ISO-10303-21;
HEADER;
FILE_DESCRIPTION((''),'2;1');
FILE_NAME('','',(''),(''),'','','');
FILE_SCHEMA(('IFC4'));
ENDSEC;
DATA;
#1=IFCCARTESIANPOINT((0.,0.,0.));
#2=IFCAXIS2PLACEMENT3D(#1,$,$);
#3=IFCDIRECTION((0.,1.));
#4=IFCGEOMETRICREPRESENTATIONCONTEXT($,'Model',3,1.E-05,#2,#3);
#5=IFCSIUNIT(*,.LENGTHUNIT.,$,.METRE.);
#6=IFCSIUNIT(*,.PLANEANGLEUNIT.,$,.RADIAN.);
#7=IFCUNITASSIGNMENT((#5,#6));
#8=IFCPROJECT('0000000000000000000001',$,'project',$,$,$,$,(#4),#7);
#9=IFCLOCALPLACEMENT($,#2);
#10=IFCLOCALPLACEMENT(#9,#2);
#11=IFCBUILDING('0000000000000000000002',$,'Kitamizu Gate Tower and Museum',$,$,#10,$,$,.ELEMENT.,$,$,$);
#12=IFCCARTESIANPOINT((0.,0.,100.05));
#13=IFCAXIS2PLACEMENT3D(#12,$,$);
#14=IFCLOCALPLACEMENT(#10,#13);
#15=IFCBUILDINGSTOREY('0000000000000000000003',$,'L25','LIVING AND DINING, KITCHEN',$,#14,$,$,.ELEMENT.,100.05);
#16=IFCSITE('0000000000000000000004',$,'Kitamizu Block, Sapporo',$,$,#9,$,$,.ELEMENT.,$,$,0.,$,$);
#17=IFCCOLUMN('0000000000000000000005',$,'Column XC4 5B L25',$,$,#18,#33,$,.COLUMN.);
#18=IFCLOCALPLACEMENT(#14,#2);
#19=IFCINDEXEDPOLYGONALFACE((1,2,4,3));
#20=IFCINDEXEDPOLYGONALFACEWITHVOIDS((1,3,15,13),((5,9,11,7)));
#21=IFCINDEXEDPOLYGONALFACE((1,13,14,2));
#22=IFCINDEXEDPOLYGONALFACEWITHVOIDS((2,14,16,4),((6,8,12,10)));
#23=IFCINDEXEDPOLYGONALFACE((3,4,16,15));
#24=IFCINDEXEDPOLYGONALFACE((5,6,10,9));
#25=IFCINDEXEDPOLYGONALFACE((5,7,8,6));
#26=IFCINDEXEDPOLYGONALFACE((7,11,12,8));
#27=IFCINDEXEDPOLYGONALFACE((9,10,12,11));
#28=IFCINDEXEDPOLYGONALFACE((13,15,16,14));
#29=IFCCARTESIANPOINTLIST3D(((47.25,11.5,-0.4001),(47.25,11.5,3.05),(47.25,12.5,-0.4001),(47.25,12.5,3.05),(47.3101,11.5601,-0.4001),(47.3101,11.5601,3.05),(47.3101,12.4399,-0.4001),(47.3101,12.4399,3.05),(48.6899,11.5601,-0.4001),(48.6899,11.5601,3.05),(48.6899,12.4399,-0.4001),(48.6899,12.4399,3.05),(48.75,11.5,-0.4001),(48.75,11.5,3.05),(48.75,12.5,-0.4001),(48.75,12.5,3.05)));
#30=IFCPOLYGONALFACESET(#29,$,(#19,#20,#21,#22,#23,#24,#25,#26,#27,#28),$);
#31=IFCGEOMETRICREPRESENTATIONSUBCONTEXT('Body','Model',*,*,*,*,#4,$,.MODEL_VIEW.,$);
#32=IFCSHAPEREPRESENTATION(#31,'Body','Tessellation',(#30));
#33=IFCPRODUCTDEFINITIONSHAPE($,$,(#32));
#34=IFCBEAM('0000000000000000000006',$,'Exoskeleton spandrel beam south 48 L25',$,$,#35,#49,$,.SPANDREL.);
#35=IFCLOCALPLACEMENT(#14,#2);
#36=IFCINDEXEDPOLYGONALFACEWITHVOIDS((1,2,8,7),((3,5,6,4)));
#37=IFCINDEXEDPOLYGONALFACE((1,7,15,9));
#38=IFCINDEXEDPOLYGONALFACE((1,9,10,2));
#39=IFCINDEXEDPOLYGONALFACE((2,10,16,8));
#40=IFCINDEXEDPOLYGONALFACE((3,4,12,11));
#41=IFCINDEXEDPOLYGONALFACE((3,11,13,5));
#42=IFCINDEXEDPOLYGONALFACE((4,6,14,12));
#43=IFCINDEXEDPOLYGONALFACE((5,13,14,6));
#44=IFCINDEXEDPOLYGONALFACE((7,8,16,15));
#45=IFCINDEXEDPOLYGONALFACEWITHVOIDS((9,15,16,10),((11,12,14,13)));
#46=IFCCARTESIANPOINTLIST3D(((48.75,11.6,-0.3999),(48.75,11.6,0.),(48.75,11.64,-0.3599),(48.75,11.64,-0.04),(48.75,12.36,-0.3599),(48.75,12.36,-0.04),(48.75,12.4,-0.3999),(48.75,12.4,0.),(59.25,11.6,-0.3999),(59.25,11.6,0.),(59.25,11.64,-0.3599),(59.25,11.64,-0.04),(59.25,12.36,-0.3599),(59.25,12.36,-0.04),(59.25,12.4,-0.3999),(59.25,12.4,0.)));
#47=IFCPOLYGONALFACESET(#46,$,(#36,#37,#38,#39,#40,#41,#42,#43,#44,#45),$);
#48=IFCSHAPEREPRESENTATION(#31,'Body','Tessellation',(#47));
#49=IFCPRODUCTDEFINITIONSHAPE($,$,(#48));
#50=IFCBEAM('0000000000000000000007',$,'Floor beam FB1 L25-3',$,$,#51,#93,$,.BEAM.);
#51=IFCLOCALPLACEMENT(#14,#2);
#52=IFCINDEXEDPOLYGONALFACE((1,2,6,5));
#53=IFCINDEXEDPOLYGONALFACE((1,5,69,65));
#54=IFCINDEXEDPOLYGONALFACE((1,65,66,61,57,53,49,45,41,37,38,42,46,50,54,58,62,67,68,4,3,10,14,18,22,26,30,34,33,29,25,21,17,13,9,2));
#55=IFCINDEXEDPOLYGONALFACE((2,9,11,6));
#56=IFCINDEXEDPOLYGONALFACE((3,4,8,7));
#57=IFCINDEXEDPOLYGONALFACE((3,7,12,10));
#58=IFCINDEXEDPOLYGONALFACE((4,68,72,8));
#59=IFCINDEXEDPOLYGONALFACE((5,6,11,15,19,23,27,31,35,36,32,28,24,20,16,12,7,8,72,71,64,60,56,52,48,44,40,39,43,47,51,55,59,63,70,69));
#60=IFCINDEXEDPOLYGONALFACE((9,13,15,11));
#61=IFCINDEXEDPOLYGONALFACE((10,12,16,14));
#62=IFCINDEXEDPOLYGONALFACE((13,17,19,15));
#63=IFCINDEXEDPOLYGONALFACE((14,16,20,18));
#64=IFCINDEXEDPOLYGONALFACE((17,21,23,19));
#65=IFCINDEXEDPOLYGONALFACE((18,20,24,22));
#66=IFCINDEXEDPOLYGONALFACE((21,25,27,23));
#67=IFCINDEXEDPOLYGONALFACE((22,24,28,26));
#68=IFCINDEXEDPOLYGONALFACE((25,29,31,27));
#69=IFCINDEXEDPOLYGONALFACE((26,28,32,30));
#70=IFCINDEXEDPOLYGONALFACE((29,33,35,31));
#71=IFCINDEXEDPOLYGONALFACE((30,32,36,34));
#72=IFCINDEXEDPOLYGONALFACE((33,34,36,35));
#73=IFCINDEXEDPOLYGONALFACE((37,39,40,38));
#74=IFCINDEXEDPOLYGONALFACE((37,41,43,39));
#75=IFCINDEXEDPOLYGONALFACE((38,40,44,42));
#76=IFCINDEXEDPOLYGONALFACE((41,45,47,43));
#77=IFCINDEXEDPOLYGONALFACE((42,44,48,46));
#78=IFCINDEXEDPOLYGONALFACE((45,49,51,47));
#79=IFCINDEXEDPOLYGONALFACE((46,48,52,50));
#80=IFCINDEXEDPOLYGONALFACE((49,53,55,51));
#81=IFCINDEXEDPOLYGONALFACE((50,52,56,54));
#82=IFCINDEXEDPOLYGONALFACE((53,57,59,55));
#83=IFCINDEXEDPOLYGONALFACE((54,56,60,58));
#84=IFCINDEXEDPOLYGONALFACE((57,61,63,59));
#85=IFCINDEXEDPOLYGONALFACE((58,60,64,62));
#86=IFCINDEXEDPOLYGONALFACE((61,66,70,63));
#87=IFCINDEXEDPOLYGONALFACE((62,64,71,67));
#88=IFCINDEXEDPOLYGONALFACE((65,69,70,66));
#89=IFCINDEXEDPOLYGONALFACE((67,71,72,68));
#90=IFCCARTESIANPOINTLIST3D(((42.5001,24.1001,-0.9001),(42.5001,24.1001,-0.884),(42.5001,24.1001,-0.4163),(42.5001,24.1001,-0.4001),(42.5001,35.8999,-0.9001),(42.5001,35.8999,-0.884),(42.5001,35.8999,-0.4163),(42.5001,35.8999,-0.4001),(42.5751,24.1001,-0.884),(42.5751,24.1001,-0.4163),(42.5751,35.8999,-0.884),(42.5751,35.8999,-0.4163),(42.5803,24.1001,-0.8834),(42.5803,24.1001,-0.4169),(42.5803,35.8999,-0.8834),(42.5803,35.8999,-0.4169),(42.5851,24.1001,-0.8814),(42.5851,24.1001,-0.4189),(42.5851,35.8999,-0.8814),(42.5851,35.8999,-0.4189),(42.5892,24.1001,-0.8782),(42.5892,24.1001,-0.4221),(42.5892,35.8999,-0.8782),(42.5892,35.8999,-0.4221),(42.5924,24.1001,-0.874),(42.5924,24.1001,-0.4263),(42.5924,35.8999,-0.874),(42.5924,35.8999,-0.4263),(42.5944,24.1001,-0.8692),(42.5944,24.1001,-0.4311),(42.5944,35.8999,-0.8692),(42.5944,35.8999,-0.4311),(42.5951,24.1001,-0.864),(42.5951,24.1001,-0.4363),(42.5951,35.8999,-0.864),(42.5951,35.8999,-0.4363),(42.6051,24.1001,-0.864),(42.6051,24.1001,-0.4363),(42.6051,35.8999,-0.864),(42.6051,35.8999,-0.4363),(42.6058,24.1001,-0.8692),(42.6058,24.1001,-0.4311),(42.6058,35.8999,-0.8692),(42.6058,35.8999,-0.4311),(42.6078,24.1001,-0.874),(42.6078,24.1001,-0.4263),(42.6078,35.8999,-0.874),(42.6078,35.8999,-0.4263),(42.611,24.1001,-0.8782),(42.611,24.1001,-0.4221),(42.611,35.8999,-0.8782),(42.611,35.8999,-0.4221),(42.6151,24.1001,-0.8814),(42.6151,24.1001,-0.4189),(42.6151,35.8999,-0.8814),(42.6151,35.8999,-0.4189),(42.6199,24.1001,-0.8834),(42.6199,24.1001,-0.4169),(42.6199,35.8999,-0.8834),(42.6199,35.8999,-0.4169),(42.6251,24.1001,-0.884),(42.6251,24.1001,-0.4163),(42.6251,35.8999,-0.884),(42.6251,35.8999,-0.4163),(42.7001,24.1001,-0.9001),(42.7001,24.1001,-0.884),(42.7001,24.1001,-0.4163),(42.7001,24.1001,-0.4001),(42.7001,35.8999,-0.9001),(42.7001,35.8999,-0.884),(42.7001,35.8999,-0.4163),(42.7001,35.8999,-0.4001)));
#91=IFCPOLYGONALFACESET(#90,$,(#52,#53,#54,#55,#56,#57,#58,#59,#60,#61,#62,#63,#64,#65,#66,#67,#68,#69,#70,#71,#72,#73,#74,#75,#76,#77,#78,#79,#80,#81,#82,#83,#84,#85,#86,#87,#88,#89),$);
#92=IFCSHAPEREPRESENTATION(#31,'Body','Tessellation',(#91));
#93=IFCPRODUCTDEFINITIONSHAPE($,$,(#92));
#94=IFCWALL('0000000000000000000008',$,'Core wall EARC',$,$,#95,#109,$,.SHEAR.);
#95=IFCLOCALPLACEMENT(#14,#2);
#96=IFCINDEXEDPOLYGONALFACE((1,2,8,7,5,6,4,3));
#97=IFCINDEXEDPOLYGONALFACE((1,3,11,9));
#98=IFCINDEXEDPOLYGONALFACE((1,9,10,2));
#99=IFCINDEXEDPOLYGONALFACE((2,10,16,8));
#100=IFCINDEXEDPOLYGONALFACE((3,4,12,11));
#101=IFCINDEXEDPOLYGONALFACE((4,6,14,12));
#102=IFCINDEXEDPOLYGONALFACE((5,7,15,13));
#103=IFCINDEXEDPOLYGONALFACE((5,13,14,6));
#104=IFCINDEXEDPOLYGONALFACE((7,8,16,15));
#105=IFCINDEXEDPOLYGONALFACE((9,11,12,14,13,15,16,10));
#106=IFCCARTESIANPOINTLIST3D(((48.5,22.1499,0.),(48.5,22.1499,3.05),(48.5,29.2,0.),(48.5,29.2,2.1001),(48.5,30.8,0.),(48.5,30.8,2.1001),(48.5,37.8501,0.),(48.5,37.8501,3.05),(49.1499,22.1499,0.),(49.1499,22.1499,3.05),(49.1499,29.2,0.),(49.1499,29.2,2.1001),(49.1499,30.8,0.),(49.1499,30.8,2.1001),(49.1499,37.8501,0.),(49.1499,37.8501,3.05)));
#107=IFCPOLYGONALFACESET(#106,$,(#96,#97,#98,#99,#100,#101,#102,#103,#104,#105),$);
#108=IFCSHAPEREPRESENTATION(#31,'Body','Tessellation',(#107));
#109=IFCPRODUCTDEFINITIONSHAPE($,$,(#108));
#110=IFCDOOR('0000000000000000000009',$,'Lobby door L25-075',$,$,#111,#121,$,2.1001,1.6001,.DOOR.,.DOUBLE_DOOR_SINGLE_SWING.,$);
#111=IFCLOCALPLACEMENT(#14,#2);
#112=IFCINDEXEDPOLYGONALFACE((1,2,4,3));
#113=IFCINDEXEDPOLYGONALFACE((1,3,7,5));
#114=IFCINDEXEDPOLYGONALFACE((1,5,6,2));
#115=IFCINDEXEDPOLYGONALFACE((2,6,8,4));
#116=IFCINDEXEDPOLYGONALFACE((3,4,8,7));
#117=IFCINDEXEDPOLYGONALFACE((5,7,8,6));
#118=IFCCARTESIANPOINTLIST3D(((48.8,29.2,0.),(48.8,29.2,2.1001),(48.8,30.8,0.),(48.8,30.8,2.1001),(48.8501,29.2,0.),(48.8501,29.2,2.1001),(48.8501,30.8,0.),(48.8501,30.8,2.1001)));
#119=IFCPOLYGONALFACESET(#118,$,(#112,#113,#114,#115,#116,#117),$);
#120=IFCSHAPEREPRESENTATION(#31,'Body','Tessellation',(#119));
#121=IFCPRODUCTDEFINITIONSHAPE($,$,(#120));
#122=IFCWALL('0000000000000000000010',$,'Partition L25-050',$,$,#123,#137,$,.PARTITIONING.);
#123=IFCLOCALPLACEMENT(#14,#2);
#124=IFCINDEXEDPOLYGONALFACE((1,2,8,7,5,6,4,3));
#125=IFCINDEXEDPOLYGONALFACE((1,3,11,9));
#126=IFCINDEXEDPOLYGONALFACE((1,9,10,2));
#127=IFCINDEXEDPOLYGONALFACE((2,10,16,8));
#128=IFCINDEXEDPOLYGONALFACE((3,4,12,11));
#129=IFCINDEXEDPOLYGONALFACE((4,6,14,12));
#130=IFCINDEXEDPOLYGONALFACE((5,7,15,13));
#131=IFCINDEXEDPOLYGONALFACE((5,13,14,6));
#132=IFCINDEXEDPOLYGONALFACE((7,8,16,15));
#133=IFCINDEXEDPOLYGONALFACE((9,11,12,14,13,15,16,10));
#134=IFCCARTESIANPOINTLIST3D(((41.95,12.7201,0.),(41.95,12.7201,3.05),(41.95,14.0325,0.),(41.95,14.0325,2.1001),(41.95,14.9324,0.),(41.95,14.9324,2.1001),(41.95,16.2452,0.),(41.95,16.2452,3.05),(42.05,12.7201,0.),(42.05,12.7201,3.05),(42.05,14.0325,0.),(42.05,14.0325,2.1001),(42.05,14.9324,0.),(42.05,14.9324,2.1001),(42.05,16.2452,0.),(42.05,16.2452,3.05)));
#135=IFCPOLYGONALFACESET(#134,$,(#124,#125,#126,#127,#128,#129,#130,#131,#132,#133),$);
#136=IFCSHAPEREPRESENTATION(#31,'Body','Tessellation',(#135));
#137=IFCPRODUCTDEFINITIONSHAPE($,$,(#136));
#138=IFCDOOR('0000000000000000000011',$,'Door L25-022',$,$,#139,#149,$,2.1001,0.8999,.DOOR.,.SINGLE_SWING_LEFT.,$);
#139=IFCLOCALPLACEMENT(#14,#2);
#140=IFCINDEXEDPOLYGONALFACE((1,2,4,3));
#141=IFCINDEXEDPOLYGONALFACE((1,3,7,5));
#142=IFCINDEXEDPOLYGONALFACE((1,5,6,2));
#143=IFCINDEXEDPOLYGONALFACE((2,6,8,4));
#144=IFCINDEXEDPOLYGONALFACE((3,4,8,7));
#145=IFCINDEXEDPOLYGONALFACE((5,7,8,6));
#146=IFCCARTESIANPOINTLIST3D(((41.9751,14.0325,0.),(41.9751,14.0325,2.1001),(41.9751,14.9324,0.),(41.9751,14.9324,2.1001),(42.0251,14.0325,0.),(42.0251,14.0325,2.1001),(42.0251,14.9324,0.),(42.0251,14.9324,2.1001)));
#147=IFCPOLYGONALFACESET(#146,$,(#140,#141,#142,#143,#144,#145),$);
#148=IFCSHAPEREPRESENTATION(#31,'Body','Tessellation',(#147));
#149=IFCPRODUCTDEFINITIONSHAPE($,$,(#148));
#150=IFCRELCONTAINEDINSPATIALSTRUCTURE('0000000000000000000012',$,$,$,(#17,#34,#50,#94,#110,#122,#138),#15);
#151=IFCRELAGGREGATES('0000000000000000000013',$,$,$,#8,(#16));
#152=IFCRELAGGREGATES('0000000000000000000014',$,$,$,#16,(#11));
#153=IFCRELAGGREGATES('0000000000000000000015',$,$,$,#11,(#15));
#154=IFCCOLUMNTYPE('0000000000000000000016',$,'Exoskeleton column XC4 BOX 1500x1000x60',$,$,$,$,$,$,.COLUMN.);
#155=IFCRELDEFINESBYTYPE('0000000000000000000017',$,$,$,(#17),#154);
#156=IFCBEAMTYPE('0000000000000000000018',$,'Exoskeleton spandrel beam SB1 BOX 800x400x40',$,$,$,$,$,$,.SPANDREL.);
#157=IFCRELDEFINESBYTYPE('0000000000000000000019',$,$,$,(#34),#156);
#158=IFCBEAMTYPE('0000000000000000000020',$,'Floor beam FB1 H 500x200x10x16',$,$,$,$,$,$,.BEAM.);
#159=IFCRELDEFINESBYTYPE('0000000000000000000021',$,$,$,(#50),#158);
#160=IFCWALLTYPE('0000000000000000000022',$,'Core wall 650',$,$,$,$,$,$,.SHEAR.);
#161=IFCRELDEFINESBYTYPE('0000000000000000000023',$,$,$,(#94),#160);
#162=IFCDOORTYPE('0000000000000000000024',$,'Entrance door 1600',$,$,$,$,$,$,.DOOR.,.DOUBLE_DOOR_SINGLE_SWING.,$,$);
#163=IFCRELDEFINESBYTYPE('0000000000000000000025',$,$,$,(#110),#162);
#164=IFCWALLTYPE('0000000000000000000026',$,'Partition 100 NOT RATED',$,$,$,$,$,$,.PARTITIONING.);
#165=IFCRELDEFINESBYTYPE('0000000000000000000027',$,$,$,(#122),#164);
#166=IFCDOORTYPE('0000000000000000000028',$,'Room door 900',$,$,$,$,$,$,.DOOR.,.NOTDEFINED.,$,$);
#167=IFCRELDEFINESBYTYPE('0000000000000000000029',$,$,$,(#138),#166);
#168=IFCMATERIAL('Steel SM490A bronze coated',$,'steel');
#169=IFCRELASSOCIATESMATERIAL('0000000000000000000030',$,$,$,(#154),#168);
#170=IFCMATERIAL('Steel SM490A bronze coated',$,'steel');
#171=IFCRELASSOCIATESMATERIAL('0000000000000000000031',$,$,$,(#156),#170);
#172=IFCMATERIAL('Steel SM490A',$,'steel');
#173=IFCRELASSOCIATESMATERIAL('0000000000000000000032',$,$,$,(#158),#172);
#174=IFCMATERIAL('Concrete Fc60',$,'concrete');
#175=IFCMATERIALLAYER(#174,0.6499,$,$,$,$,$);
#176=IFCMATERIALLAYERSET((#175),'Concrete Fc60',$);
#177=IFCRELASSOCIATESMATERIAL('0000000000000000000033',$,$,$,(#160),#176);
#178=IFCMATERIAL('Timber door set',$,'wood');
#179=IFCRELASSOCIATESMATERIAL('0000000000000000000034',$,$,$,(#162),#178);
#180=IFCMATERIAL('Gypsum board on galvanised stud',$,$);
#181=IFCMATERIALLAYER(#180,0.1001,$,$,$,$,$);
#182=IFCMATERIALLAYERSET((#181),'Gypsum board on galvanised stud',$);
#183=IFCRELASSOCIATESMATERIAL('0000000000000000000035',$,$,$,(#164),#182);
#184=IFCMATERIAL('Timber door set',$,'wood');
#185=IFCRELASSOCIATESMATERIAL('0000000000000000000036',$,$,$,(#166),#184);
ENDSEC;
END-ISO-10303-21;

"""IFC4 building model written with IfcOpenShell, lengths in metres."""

from ifc_helpers import new_model, si_unit, direction, frame, frame_2d, origin, origin_2d, place, context, subcontext, project, spatial, rectangle, hollow_rectangle, i_section, extrude, material, layer, layer_set, material_profile, profile_set, type_object, element, fill, save


model = new_model("IFC4")

# Units and contexts
model_context = context("Model", 3, precision=1e-05, world=origin(), true_north=direction((0.0, 1.0)))
body_context = subcontext(model_context, "Body", "Model", "MODEL_VIEW")
ifc_project = project(units=[si_unit("LENGTHUNIT", "METRE"), si_unit("PLANEANGLEUNIT", "RADIAN")], contexts=[model_context])

# Site, building, storey
site_placement = place(None, origin())
site = spatial("IfcSite", under=ifc_project, at=site_placement, Name="Kitamizu Block, Sapporo", CompositionType="ELEMENT", RefElevation=0.0)
building_placement = place(site_placement, origin())
building = spatial("IfcBuilding", under=site, at=building_placement, Name="Kitamizu Gate Tower and Museum", CompositionType="ELEMENT")
storey_placement = place(building_placement, frame((0.0, 0.0, 100.05)))
storey = spatial("IfcBuildingStorey", under=building, at=storey_placement, Name="L25", Description="LIVING AND DINING, KITCHEN", CompositionType="ELEMENT", Elevation=100.05)

# Column
ifc_material_1 = material(Name="Steel SM490A bronze coated", Category="steel")
ifc_material_profile_1 = material_profile(ifc_material_1, hollow_rectangle(XDim=1.5, YDim=1.0, WallThickness=0.0601, at=origin_2d()), Name="BOX 1500x1000x60")
ifc_profile_set_1 = profile_set([ifc_material_profile_1], Name="Steel SM490A bronze coated")
column_type = type_object("IfcColumnType", Name="Exoskeleton column XC4 BOX 1500x1000x60", PredefinedType="COLUMN", material=ifc_profile_set_1)
column_placement = place(storey_placement, frame((48.0, 12.0, -0.4001), z_axis=(0.0, 0.0, 1.0), x_axis=(1.0, 0.0, 0.0)))
element("IfcColumn", 1, at=column_placement, inside=storey, type_object=column_type, Name="Column XC4 5B L25", PredefinedType="COLUMN", context=body_context, shape_type="SweptSolid", body=[
    extrude(hollow_rectangle(XDim=1.5, YDim=1.0, WallThickness=0.0601, at=origin_2d()), origin(), (0.0, 0.0, 1.0), 3.4502),
])

# Beams
ifc_material_2 = material(Name="Steel SM490A bronze coated", Category="steel")
ifc_material_profile_2 = material_profile(ifc_material_2, hollow_rectangle(XDim=0.8, YDim=0.3999, WallThickness=0.04, at=origin_2d()), Name="BOX 800x400x40")
ifc_profile_set_2 = profile_set([ifc_material_profile_2], Name="Steel SM490A bronze coated")
beam_type_1 = type_object("IfcBeamType", Name="Exoskeleton spandrel beam SB1 BOX 800x400x40", PredefinedType="SPANDREL", material=ifc_profile_set_2)
beam_1_placement = place(storey_placement, frame((48.75, 12.0, -0.2), z_axis=(1.0, 0.0, 0.0), x_axis=(0.0, 1.0, 0.0)))
element("IfcBeam", 2, at=beam_1_placement, inside=storey, type_object=beam_type_1, Name="Exoskeleton spandrel beam south 48 L25", PredefinedType="SPANDREL", context=body_context, shape_type="SweptSolid", body=[
    extrude(hollow_rectangle(XDim=0.8, YDim=0.3999, WallThickness=0.04, at=origin_2d()), origin(), (0.0, 0.0, 1.0), 10.5),
])
ifc_material_3 = material(Name="Steel SM490A", Category="steel")
ifc_material_profile_3 = material_profile(ifc_material_3, i_section(OverallWidth=0.2, OverallDepth=0.5, WebThickness=0.01, FlangeThickness=0.0161, FilletRadius=0.02, at=origin_2d()), Name="H-500x200x10x16")
ifc_profile_set_3 = profile_set([ifc_material_profile_3], Name="Steel SM490A")
beam_type_2 = type_object("IfcBeamType", Name="Floor beam FB1 H 500x200x10x16", PredefinedType="BEAM", material=ifc_profile_set_3)
beam_2_placement = place(storey_placement, frame((42.6001, 24.1001, -0.6501), z_axis=(0.0, 1.0, 0.0), x_axis=(-1.0, 0.0, 0.0)))
element("IfcBeam", 3, at=beam_2_placement, inside=storey, type_object=beam_type_2, Name="Floor beam FB1 L25-3", PredefinedType="BEAM", context=body_context, shape_type="SweptSolid", body=[
    extrude(i_section(OverallWidth=0.2, OverallDepth=0.5, WebThickness=0.01, FlangeThickness=0.0161, FilletRadius=0.02, at=origin_2d()), origin(), (0.0, 0.0, 1.0), 11.7998),
])

# Walls, openings, doors
ifc_material_4 = material(Name="Concrete Fc60", Category="concrete")
ifc_layer_1 = layer(ifc_material_4, 0.6499)
ifc_layer_set_1 = layer_set([ifc_layer_1], Name="Concrete Fc60")
wall_type_1 = type_object("IfcWallType", Name="Core wall 650", PredefinedType="SHEAR", material=ifc_layer_set_1)
wall_1_placement = place(storey_placement, frame((48.825, 22.1499, 0.0), z_axis=(0.0, 0.0, 1.0), x_axis=(0.0, 1.0, 0.0)))
wall_1 = element("IfcWall", 4, at=wall_1_placement, inside=storey, type_object=wall_type_1, Name="Core wall EARC", PredefinedType="SHEAR", context=body_context, shape_type="SweptSolid", body=[
    extrude(rectangle(XDim=15.7002, YDim=0.6499, at=frame_2d((7.8501, 0.0))), origin(), (0.0, 0.0, 1.0), 3.05),
])
opening_1_placement = place(wall_1_placement, frame((7.05, 0.0, 0.0)))
opening_1 = element("IfcOpeningElement", 5, at=opening_1_placement, cuts=wall_1, PredefinedType="OPENING", context=body_context, shape_type="SweptSolid", body=[
    extrude(rectangle(XDim=1.6001, YDim=2.1001, at=frame_2d((0.8, 1.05))), frame((0.0, 0.335, 0.0), z_axis=(0.0, -1.0, 0.0), x_axis=(1.0, 0.0, 0.0)), (0.0, 0.0, 1.0), 0.6699),
])
ifc_material_5 = material(Name="Timber door set", Category="wood")
door_type_1 = type_object("IfcDoorType", Name="Entrance door 1600", OperationType="DOUBLE_DOOR_SINGLE_SWING", PredefinedType="DOOR", material=ifc_material_5)
door_1_placement = place(opening_1_placement, origin())
door_1 = element("IfcDoor", 6, at=door_1_placement, inside=storey, type_object=door_type_1, Name="Lobby door L25-075", OperationType="DOUBLE_DOOR_SINGLE_SWING", OverallHeight=2.1001, OverallWidth=1.6001, PredefinedType="DOOR", context=body_context, shape_type="SweptSolid", body=[
    extrude(rectangle(XDim=1.6001, YDim=2.1001, at=frame_2d((0.8, 1.05))), frame((0.0, 0.0249, 0.0), z_axis=(0.0, -1.0, 0.0), x_axis=(1.0, 0.0, 0.0)), (0.0, 0.0, 1.0), 0.05),
])
fill(opening_1, door_1)
ifc_material_6 = material(Name="Gypsum board on galvanised stud")
ifc_layer_2 = layer(ifc_material_6, 0.1001)
ifc_layer_set_2 = layer_set([ifc_layer_2], Name="Gypsum board on galvanised stud")
wall_type_2 = type_object("IfcWallType", Name="Partition 100 NOT RATED", PredefinedType="PARTITIONING", material=ifc_layer_set_2)
wall_2_placement = place(storey_placement, frame((42.0, 12.72, 0.0), z_axis=(0.0, 0.0, 1.0), x_axis=(0.0, 1.0, 0.0)))
wall_2 = element("IfcWall", 7, at=wall_2_placement, inside=storey, type_object=wall_type_2, Name="Partition L25-050", PredefinedType="PARTITIONING", context=body_context, shape_type="SweptSolid", body=[
    extrude(rectangle(XDim=3.5251, YDim=0.1001, at=frame_2d((1.7627, 0.0))), origin(), (0.0, 0.0, 1.0), 3.05),
])
opening_2_placement = place(wall_2_placement, frame((1.3125, 0.0, 0.0)))
opening_2 = element("IfcOpeningElement", 8, at=opening_2_placement, cuts=wall_2, PredefinedType="OPENING", context=body_context, shape_type="SweptSolid", body=[
    extrude(rectangle(XDim=0.8999, YDim=2.1001, at=frame_2d((0.45, 1.05))), frame((0.0, 0.0601, 0.0), z_axis=(0.0, -1.0, 0.0), x_axis=(1.0, 0.0, 0.0)), (0.0, 0.0, 1.0), 0.1201),
])
ifc_material_7 = material(Name="Timber door set", Category="wood")
door_type_2 = type_object("IfcDoorType", Name="Room door 900", OperationType="NOTDEFINED", PredefinedType="DOOR", material=ifc_material_7)
door_2_placement = place(opening_2_placement, origin())
door_2 = element("IfcDoor", 9, at=door_2_placement, inside=storey, type_object=door_type_2, Name="Door L25-022", OperationType="SINGLE_SWING_LEFT", OverallHeight=2.1001, OverallWidth=0.8999, PredefinedType="DOOR", context=body_context, shape_type="SweptSolid", body=[
    extrude(rectangle(XDim=0.8999, YDim=2.1001, at=frame_2d((0.45, 1.05))), frame((0.0, 0.0249, 0.0), z_axis=(0.0, -1.0, 0.0), x_axis=(1.0, 0.0, 0.0)), (0.0, 0.0, 1.0), 0.05),
])
fill(opening_2, door_2)

save(model, "model.ifc")
